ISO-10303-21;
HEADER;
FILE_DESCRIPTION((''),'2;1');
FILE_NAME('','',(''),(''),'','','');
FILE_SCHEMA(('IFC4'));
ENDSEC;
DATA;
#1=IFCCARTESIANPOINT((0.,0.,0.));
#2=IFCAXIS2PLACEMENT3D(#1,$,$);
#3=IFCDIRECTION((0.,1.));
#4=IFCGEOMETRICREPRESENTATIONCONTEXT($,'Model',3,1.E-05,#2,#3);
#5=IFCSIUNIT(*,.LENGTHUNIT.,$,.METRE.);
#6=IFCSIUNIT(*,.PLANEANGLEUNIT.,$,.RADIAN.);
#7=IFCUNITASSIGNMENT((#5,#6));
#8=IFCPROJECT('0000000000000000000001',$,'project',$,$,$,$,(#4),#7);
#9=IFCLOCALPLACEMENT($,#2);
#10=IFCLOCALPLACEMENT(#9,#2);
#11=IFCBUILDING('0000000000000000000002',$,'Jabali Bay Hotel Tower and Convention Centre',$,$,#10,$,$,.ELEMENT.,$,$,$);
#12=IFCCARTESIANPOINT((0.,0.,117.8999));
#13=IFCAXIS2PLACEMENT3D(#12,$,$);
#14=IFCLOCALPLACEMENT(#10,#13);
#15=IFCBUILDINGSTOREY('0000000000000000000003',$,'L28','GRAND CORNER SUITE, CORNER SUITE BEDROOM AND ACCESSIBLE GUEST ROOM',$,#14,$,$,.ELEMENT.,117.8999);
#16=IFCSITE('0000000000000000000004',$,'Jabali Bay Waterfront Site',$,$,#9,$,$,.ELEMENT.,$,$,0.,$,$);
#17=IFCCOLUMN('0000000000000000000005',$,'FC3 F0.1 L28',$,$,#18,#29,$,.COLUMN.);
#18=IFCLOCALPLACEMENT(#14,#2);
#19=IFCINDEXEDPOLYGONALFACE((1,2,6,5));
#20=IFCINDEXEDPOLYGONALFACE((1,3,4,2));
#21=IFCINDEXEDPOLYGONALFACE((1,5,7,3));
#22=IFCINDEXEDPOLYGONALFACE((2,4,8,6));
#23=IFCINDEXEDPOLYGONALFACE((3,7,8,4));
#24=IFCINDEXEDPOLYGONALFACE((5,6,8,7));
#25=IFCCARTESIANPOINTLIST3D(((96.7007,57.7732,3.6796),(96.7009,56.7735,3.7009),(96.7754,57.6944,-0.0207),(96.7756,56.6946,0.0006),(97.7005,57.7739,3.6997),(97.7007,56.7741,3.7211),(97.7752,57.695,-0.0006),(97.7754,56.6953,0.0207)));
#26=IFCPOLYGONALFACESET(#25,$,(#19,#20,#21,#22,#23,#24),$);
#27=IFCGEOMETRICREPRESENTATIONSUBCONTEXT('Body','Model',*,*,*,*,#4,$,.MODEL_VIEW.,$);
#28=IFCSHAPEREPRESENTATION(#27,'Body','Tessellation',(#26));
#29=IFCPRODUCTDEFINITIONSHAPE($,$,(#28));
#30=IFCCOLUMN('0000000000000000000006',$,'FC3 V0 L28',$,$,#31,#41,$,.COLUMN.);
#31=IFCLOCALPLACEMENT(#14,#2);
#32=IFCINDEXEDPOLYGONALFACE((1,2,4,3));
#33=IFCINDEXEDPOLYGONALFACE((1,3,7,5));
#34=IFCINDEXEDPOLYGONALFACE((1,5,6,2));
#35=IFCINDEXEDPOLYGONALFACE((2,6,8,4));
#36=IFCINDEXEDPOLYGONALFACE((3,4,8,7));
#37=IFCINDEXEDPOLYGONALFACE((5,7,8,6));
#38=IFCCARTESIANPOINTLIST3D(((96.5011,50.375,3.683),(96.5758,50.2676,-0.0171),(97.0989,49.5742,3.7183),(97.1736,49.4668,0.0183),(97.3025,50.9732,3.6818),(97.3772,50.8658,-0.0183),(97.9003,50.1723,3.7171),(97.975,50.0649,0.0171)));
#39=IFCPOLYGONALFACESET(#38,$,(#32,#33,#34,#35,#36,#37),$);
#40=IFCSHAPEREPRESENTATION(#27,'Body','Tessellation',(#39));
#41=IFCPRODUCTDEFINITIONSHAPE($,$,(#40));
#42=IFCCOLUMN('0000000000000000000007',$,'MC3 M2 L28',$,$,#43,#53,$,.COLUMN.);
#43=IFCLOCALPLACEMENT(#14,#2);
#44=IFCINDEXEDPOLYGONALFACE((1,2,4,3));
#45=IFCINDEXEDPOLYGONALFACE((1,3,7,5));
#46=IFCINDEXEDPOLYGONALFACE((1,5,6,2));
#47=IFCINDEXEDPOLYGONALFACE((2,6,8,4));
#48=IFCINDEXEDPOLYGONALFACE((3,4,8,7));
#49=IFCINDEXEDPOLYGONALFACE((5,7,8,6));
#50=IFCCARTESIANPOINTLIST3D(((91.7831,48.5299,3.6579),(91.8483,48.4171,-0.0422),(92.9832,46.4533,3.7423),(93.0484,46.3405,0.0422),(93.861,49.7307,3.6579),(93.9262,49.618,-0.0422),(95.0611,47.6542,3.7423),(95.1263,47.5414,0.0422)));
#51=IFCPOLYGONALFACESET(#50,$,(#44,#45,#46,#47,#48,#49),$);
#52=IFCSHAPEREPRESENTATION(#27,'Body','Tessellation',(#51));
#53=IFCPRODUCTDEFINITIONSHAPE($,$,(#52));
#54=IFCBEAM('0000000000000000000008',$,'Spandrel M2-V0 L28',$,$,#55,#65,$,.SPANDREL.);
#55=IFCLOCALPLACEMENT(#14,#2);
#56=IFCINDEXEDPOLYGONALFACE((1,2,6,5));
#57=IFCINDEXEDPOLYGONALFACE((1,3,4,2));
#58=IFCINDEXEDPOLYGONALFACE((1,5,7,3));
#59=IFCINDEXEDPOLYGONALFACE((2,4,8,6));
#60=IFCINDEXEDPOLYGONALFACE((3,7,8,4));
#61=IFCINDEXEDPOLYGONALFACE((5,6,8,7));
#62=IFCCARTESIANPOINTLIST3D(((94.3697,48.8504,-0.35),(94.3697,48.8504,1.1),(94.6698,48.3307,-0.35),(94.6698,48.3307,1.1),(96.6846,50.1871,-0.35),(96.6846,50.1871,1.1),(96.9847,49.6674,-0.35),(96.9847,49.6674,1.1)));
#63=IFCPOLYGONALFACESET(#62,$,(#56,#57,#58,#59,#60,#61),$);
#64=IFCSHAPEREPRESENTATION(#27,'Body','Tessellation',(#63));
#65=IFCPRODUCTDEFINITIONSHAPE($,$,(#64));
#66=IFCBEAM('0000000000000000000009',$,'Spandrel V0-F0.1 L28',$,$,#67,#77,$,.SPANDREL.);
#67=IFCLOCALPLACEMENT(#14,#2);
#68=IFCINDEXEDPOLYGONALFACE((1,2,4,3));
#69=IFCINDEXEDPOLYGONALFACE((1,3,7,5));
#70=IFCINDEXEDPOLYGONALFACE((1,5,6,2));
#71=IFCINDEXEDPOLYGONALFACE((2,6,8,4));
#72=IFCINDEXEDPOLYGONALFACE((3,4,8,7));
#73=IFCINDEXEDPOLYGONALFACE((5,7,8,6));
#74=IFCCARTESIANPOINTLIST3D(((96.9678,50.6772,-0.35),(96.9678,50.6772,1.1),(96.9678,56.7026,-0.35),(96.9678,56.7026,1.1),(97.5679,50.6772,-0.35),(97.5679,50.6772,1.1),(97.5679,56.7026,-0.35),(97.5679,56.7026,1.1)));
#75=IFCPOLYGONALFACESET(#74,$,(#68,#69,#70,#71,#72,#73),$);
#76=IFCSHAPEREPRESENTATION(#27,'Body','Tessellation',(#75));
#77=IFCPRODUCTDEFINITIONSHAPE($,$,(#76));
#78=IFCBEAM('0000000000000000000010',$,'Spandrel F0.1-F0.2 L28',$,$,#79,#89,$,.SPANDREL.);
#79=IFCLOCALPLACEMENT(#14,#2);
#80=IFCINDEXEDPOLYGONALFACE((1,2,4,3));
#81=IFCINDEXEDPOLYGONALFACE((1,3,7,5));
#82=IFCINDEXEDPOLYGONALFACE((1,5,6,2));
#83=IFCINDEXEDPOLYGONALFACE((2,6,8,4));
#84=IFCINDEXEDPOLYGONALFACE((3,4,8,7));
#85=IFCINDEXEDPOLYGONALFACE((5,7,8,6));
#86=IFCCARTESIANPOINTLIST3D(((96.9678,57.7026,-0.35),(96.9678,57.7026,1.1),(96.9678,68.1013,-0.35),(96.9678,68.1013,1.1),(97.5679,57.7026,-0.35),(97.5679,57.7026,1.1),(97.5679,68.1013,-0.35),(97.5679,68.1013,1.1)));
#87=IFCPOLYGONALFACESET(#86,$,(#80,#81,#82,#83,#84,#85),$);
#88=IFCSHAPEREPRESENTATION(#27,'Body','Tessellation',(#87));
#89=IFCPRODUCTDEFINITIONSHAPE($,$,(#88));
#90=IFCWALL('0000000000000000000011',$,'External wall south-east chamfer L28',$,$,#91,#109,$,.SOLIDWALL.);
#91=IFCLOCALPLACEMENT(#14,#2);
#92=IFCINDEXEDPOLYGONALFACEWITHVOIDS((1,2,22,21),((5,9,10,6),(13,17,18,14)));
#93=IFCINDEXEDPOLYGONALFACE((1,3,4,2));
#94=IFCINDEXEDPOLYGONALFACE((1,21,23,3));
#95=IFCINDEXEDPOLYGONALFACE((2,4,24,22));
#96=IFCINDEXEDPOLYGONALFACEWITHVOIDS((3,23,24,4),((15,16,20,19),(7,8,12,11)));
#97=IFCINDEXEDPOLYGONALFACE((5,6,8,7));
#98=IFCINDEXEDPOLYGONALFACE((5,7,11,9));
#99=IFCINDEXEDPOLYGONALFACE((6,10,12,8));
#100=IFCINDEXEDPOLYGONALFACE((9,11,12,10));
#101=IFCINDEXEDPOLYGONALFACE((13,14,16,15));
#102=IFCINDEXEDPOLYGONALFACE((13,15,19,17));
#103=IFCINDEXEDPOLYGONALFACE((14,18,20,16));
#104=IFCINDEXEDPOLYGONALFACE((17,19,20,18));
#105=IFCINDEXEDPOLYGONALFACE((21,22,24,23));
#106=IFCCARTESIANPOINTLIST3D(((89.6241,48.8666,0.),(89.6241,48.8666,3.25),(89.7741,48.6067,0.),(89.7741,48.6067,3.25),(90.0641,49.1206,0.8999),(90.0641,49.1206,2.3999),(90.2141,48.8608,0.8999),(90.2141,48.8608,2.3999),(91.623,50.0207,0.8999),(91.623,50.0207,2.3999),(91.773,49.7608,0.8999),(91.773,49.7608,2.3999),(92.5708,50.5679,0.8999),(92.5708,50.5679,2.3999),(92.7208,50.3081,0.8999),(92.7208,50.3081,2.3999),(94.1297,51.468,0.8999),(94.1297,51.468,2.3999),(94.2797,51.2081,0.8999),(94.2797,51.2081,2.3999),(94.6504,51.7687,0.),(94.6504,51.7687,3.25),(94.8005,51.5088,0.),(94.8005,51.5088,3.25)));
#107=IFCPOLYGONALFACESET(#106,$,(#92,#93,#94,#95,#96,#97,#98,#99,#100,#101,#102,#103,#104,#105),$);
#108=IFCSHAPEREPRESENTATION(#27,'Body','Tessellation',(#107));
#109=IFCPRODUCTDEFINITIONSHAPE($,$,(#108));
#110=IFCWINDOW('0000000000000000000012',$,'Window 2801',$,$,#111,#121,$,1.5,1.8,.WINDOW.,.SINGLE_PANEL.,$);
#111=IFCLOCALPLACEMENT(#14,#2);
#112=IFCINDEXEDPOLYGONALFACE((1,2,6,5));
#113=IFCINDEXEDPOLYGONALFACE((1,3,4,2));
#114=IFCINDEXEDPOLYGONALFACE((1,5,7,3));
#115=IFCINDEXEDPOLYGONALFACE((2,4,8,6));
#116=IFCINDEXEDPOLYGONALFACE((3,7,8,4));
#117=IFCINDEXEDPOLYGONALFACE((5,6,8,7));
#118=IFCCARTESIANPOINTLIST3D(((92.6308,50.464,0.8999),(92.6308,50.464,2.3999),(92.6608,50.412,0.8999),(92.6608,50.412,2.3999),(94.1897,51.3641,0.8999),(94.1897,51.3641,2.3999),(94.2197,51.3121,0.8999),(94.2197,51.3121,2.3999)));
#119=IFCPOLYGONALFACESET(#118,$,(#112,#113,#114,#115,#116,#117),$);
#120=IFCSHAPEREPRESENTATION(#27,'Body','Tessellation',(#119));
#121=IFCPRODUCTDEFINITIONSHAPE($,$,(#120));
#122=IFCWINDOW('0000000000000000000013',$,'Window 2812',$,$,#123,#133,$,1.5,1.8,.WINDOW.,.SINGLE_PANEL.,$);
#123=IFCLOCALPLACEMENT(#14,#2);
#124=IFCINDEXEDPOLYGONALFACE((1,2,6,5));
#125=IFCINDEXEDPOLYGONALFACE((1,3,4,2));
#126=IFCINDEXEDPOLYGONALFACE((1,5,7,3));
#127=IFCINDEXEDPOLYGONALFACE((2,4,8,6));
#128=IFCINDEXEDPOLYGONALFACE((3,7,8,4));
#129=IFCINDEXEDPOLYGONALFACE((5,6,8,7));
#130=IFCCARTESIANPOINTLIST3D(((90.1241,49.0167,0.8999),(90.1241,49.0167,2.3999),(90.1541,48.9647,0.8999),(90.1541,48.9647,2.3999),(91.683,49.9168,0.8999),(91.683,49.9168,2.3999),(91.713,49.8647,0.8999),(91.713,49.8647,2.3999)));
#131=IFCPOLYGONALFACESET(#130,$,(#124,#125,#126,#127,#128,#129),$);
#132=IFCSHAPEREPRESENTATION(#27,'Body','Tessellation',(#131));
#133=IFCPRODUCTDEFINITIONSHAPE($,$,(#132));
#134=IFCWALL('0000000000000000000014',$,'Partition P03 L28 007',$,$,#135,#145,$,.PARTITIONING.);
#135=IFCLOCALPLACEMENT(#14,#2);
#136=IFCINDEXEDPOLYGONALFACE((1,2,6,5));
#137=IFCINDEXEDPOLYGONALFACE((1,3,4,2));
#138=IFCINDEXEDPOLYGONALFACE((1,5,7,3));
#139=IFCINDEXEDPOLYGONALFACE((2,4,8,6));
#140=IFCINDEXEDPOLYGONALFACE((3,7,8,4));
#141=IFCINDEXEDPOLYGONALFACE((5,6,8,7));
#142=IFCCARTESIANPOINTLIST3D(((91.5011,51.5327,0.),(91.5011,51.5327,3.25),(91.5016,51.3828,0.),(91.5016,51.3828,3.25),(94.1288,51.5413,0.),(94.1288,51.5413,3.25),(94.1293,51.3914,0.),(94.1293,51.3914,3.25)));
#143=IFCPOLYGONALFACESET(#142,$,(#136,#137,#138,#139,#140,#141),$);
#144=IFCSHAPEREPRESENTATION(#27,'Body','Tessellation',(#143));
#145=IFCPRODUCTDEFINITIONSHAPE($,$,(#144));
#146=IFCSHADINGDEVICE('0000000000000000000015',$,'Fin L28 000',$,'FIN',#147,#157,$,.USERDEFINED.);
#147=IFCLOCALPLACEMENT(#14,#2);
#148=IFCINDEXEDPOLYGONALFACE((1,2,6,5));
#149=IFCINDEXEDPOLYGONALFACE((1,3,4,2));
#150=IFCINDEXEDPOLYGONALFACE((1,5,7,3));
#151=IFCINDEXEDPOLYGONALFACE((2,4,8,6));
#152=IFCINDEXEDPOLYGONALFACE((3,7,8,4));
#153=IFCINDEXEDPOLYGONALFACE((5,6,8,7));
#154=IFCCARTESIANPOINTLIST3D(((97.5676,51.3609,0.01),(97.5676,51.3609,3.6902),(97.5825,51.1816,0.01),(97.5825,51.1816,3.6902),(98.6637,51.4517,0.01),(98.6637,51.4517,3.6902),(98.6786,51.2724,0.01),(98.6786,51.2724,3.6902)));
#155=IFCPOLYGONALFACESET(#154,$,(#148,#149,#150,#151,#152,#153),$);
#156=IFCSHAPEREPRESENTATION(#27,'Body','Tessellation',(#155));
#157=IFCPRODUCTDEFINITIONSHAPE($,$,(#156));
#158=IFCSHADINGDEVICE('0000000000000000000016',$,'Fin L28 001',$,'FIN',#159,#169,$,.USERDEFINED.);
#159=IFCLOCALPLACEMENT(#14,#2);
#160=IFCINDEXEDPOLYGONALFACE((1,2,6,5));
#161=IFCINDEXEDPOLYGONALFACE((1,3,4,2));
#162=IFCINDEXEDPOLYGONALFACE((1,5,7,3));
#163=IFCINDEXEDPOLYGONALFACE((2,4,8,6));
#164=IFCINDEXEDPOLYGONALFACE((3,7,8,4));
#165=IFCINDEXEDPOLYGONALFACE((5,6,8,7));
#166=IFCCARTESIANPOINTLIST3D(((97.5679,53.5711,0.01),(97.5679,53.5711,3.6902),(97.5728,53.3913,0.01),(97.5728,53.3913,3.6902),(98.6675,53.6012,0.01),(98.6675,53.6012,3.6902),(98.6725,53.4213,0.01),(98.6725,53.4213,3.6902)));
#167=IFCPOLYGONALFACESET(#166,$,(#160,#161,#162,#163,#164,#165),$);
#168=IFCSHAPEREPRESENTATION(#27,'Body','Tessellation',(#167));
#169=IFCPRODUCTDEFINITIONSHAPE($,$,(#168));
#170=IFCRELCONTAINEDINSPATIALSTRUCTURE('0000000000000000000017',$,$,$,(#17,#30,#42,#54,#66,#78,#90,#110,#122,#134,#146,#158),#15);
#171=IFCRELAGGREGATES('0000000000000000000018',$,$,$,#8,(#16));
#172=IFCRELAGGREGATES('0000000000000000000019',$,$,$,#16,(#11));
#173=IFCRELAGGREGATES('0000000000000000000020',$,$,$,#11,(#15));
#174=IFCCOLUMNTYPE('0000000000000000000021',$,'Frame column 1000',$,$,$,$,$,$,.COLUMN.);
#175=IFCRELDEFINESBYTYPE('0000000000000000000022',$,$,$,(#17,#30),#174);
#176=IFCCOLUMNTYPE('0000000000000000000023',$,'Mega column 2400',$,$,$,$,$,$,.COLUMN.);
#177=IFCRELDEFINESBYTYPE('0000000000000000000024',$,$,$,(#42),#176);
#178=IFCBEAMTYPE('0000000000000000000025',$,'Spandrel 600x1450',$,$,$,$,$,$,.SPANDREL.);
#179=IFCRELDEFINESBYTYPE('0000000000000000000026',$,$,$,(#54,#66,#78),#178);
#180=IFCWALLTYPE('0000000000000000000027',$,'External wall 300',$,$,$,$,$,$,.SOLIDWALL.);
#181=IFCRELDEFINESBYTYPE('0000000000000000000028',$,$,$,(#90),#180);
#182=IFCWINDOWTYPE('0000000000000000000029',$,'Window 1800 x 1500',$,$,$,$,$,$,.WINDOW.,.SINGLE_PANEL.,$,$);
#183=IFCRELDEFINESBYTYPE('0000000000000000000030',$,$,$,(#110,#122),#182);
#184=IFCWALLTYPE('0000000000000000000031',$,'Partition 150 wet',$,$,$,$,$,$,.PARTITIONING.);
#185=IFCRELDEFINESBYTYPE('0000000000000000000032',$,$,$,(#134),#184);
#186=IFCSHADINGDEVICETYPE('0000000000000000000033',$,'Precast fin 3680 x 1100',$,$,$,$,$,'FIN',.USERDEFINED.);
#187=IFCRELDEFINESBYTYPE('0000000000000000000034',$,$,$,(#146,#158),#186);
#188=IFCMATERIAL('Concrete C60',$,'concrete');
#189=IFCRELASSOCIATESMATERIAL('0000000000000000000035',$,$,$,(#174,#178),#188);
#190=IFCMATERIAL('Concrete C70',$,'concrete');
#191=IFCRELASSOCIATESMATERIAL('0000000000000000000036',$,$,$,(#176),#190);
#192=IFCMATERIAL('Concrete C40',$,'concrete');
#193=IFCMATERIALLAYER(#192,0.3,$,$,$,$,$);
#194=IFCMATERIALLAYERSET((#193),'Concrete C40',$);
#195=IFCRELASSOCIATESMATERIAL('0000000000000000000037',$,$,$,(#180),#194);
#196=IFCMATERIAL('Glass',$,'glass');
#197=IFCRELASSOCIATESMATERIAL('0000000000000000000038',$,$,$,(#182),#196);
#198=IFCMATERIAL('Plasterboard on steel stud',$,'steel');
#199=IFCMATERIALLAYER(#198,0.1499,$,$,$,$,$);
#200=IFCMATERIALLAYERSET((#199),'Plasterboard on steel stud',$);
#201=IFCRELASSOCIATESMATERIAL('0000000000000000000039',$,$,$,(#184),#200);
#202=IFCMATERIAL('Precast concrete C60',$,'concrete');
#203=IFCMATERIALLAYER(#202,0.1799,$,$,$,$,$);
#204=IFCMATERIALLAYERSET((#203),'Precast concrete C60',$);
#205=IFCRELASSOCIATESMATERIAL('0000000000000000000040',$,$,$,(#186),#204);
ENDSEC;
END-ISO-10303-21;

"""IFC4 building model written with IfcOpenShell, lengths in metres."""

from ifc_helpers import new_model, si_unit, direction, frame, frame_2d, origin, origin_2d, place, context, subcontext, project, spatial, rectangle, extrude, material, layer, layer_set, material_profile, profile_set, type_object, element, fill, save


model = new_model("IFC4")

# Units and contexts
model_context = context("Model", 3, precision=1e-05, world=origin(), true_north=direction((0.0, 1.0)))
body_context = subcontext(model_context, "Body", "Model", "MODEL_VIEW")
ifc_project = project(units=[si_unit("LENGTHUNIT", "METRE"), si_unit("PLANEANGLEUNIT", "RADIAN")], contexts=[model_context])

# Site, building, storey
site_placement = place(None, origin())
site = spatial("IfcSite", under=ifc_project, at=site_placement, Name="Jabali Bay Waterfront Site", CompositionType="ELEMENT", RefElevation=0.0)
building_placement = place(site_placement, origin())
building = spatial("IfcBuilding", under=site, at=building_placement, Name="Jabali Bay Hotel Tower and Convention Centre", CompositionType="ELEMENT")
storey_placement = place(building_placement, frame((0.0, 0.0, 117.8999)))
storey = spatial("IfcBuildingStorey", under=building, at=storey_placement, Name="L28", Description="GRAND CORNER SUITE, CORNER SUITE BEDROOM AND ACCESSIBLE GUEST ROOM", CompositionType="ELEMENT", Elevation=117.8999)

# Columns
ifc_material_1 = material(Name="Concrete C60", Category="concrete")
ifc_material_profile_1 = material_profile(ifc_material_1, rectangle(XDim=1.0, YDim=1.0, at=origin_2d()), Name="Frame column 1000")
ifc_profile_set_1 = profile_set([ifc_material_profile_1], Name="Concrete C60")
column_type_1 = type_object("IfcColumnType", Name="Frame column 1000", PredefinedType="COLUMN", material=ifc_profile_set_1)
column_1_placement = place(storey_placement, frame((97.2754, 57.1948, 0.0), z_axis=(-0.020181, 0.021303, 0.999569), x_axis=(0.000222, -0.999773, 0.021311)))
element("IfcColumn", 1, at=column_1_placement, inside=storey, type_object=column_type_1, Name="FC3 F0.1 L28", PredefinedType="COLUMN", context=body_context, shape_type="SweptSolid", body=[
    extrude(rectangle(XDim=1.0, YDim=1.0, at=origin_2d()), origin(), (0.0, 0.0, 1.0), 3.7019),
])
column_2_placement = place(storey_placement, frame((97.2754, 50.1663, 0.0), z_axis=(-0.020177, 0.029013, 0.999375), x_axis=(-0.801392, -0.598138, 0.001185)))
element("IfcColumn", 2, at=column_2_placement, inside=storey, type_object=column_type_1, Name="FC3 V0 L28", PredefinedType="COLUMN", context=body_context, shape_type="SweptSolid", body=[
    extrude(rectangle(XDim=1.0, YDim=1.0, at=origin_2d()), origin(), (0.0, 0.0, 1.0), 3.7024),
])
ifc_material_2 = material(Name="Concrete C70", Category="concrete")
ifc_material_profile_2 = material_profile(ifc_material_2, rectangle(XDim=2.3999, YDim=2.3999, at=origin_2d()), Name="Mega column 2400")
ifc_profile_set_2 = profile_set([ifc_material_profile_2], Name="Concrete C70")
column_type_2 = type_object("IfcColumnType", Name="Mega column 2400", PredefinedType="COLUMN", material=ifc_profile_set_2)
column_3_placement = place(storey_placement, frame((93.4873, 47.9792, 0.0), z_axis=(-0.017606, 0.030464, 0.999381), x_axis=(0.500056, -0.865278, 0.035186)))
element("IfcColumn", 3, at=column_3_placement, inside=storey, type_object=column_type_2, Name="MC3 M2 L28", PredefinedType="COLUMN", context=body_context, shape_type="SweptSolid", body=[
    extrude(rectangle(XDim=2.3999, YDim=2.3999, at=origin_2d()), origin(), (0.0, 0.0, 1.0), 3.7024),
])

# Beams
ifc_material_profile_3 = material_profile(ifc_material_1, rectangle(XDim=0.6001, YDim=1.45, at=origin_2d()), Name="Spandrel 600x1450")
ifc_profile_set_3 = profile_set([ifc_material_profile_3], Name="Concrete C60")
beam_type = type_object("IfcBeamType", Name="Spandrel 600x1450", PredefinedType="SPANDREL", material=ifc_profile_set_3)
beam_1_placement = place(storey_placement, frame((94.5198, 48.5906, 0.375), z_axis=(0.866003, 0.500039, 0.0), x_axis=(-0.500039, 0.866003, 0.0)))
element("IfcBeam", 4, at=beam_1_placement, inside=storey, type_object=beam_type, Name="Spandrel M2-V0 L28", PredefinedType="SPANDREL", context=body_context, shape_type="SweptSolid", body=[
    extrude(rectangle(XDim=0.6001, YDim=1.45, at=origin_2d()), origin(), (0.0, 0.0, 1.0), 2.6731),
])
beam_2_placement = place(storey_placement, frame((97.2678, 50.6772, 0.375), z_axis=(0.0, 1.0, 0.0), x_axis=(-1.0, 0.0, 0.0)))
element("IfcBeam", 5, at=beam_2_placement, inside=storey, type_object=beam_type, Name="Spandrel V0-F0.1 L28", PredefinedType="SPANDREL", context=body_context, shape_type="SweptSolid", body=[
    extrude(rectangle(XDim=0.6001, YDim=1.45, at=origin_2d()), origin(), (0.0, 0.0, 1.0), 6.0254),
])
beam_3_placement = place(storey_placement, frame((97.2678, 57.7026, 0.375), z_axis=(0.0, 1.0, 0.0), x_axis=(-1.0, 0.0, 0.0)))
element("IfcBeam", 6, at=beam_3_placement, inside=storey, type_object=beam_type, Name="Spandrel F0.1-F0.2 L28", PredefinedType="SPANDREL", context=body_context, shape_type="SweptSolid", body=[
    extrude(rectangle(XDim=0.6001, YDim=1.45, at=origin_2d()), origin(), (0.0, 0.0, 1.0), 10.3987),
])

# Wall, openings, windows
ifc_material_3 = material(Name="Concrete C40", Category="concrete")
ifc_layer_1 = layer(ifc_material_3, 0.3)
ifc_layer_set_1 = layer_set([ifc_layer_1], Name="Concrete C40")
wall_type_1 = type_object("IfcWallType", Name="External wall 300", PredefinedType="SOLIDWALL", material=ifc_layer_set_1)
wall_1_placement = place(storey_placement, frame((94.7253, 51.6387, 0.0), z_axis=(0.0, 0.0, 1.0), x_axis=(-0.866016, -0.500016, 0.0)))
wall_1 = element("IfcWall", 7, at=wall_1_placement, inside=storey, type_object=wall_type_1, Name="External wall south-east chamfer L28", PredefinedType="SOLIDWALL", context=body_context, shape_type="SweptSolid", body=[
    extrude(rectangle(XDim=5.804, YDim=0.3, at=frame_2d((2.9019, 0.0))), origin(), (0.0, 0.0, 1.0), 3.25),
])
opening_1_placement = place(wall_1_placement, frame((0.6013, 0.0, 0.8999)))
opening_1 = element("IfcOpeningElement", 8, at=opening_1_placement, cuts=wall_1, PredefinedType="OPENING", context=body_context, shape_type="SweptSolid", body=[
    extrude(rectangle(XDim=1.8, YDim=1.5, at=frame_2d((0.8999, 0.75))), frame((0.0, 0.1606, 0.0), z_axis=(0.0, -1.0, 0.0), x_axis=(1.0, 0.0, 0.0)), (0.0, 0.0, 1.0), 0.321),
])
opening_2_placement = place(wall_1_placement, frame((3.4958, 0.0, 0.8999)))
opening_2 = element("IfcOpeningElement", 9, at=opening_2_placement, cuts=wall_1, PredefinedType="OPENING", context=body_context, shape_type="SweptSolid", body=[
    extrude(rectangle(XDim=1.8, YDim=1.5, at=frame_2d((0.8999, 0.75))), frame((0.0, 0.1606, 0.0), z_axis=(0.0, -1.0, 0.0), x_axis=(1.0, 0.0, 0.0)), (0.0, 0.0, 1.0), 0.321),
])
ifc_material_4 = material(Name="Glass", Category="glass")
window_type = type_object("IfcWindowType", Name="Window 1800 x 1500", PartitioningType="SINGLE_PANEL", PredefinedType="WINDOW", material=ifc_material_4)
window_1_placement = place(opening_1_placement, origin())
window_1 = element("IfcWindow", 10, at=window_1_placement, inside=storey, type_object=window_type, Name="Window 2801", OverallHeight=1.5, OverallWidth=1.8, PartitioningType="SINGLE_PANEL", PredefinedType="WINDOW", context=body_context, shape_type="SweptSolid", body=[
    extrude(rectangle(XDim=1.8, YDim=1.5, at=frame_2d((0.8999, 0.75))), frame((0.0, 0.03, 0.0), z_axis=(0.0, -1.0, 0.0), x_axis=(1.0, 0.0, 0.0)), (0.0, 0.0, 1.0), 0.0601),
])
fill(opening_1, window_1)
window_2_placement = place(opening_2_placement, origin())
window_2 = element("IfcWindow", 11, at=window_2_placement, inside=storey, type_object=window_type, Name="Window 2812", OverallHeight=1.5, OverallWidth=1.8, PartitioningType="SINGLE_PANEL", PredefinedType="WINDOW", context=body_context, shape_type="SweptSolid", body=[
    extrude(rectangle(XDim=1.8, YDim=1.5, at=frame_2d((0.8999, 0.75))), frame((0.0, 0.03, 0.0), z_axis=(0.0, -1.0, 0.0), x_axis=(1.0, 0.0, 0.0)), (0.0, 0.0, 1.0), 0.0601),
])
fill(opening_2, window_2)

# Wall
ifc_material_5 = material(Name="Plasterboard on steel stud", Category="steel")
ifc_layer_2 = layer(ifc_material_5, 0.1499)
ifc_layer_set_2 = layer_set([ifc_layer_2], Name="Plasterboard on steel stud")
wall_type_2 = type_object("IfcWallType", Name="Partition 150 wet", PredefinedType="PARTITIONING", material=ifc_layer_set_2)
wall_2_placement = place(storey_placement, frame((94.1292, 51.4663, 0.0), z_axis=(0.0, 0.0, 1.0), x_axis=(-0.999995, -0.003252, 0.0)))
element("IfcWall", 12, at=wall_2_placement, inside=storey, type_object=wall_type_2, Name="Partition P03 L28 007", PredefinedType="PARTITIONING", context=body_context, shape_type="SweptSolid", body=[
    extrude(rectangle(XDim=2.6277, YDim=0.1499, at=frame_2d((1.314, 0.0))), origin(), (0.0, 0.0, 1.0), 3.25),
])

# Shading devices
ifc_material_6 = material(Name="Precast concrete C60", Category="concrete")
ifc_layer_3 = layer(ifc_material_6, 0.1799)
ifc_layer_set_3 = layer_set([ifc_layer_3], Name="Precast concrete C60")
shading_device_type_1 = type_object("IfcShadingDeviceType", Name="Precast fin 3680 x 1100", ElementType="FIN", PredefinedType="USERDEFINED", material=ifc_layer_set_3)
shading_device_1_placement = place(storey_placement, frame((97.5752, 51.2712, 0.01), z_axis=(0.0, 0.0, 1.0), x_axis=(0.996585, 0.082568, 0.0)))
element("IfcShadingDevice", 13, at=shading_device_1_placement, inside=storey, type_object=shading_device_type_1, Name="Fin L28 000", ObjectType="FIN", PredefinedType="USERDEFINED", context=body_context, shape_type="SweptSolid", body=[
    extrude(rectangle(XDim=1.0999, YDim=0.1799, at=frame_2d((0.5498, 0.0))), origin(), (0.0, 0.0, 1.0), 3.6802),
])
for number, where, z_axis, x_axis, name in (
    (14, (97.5703, 53.4812, 0.01), (0.0, 0.0, 1.0), (0.999627, 0.027299, 0.0), "Fin L28 001"),
):
    element("IfcShadingDevice", number, at=place(storey_placement, frame(where, z_axis=z_axis, x_axis=x_axis)), inside=storey, type_object=shading_device_type_1, Name=name, ObjectType="FIN", PredefinedType="USERDEFINED", context=body_context, shape_type="SweptSolid", body=[
        extrude(rectangle(XDim=1.1001, YDim=0.1799, at=frame_2d((0.55, 0.0))), origin(), (0.0, 0.0, 1.0), 3.6802),
    ])

save(model, "model.ifc")
